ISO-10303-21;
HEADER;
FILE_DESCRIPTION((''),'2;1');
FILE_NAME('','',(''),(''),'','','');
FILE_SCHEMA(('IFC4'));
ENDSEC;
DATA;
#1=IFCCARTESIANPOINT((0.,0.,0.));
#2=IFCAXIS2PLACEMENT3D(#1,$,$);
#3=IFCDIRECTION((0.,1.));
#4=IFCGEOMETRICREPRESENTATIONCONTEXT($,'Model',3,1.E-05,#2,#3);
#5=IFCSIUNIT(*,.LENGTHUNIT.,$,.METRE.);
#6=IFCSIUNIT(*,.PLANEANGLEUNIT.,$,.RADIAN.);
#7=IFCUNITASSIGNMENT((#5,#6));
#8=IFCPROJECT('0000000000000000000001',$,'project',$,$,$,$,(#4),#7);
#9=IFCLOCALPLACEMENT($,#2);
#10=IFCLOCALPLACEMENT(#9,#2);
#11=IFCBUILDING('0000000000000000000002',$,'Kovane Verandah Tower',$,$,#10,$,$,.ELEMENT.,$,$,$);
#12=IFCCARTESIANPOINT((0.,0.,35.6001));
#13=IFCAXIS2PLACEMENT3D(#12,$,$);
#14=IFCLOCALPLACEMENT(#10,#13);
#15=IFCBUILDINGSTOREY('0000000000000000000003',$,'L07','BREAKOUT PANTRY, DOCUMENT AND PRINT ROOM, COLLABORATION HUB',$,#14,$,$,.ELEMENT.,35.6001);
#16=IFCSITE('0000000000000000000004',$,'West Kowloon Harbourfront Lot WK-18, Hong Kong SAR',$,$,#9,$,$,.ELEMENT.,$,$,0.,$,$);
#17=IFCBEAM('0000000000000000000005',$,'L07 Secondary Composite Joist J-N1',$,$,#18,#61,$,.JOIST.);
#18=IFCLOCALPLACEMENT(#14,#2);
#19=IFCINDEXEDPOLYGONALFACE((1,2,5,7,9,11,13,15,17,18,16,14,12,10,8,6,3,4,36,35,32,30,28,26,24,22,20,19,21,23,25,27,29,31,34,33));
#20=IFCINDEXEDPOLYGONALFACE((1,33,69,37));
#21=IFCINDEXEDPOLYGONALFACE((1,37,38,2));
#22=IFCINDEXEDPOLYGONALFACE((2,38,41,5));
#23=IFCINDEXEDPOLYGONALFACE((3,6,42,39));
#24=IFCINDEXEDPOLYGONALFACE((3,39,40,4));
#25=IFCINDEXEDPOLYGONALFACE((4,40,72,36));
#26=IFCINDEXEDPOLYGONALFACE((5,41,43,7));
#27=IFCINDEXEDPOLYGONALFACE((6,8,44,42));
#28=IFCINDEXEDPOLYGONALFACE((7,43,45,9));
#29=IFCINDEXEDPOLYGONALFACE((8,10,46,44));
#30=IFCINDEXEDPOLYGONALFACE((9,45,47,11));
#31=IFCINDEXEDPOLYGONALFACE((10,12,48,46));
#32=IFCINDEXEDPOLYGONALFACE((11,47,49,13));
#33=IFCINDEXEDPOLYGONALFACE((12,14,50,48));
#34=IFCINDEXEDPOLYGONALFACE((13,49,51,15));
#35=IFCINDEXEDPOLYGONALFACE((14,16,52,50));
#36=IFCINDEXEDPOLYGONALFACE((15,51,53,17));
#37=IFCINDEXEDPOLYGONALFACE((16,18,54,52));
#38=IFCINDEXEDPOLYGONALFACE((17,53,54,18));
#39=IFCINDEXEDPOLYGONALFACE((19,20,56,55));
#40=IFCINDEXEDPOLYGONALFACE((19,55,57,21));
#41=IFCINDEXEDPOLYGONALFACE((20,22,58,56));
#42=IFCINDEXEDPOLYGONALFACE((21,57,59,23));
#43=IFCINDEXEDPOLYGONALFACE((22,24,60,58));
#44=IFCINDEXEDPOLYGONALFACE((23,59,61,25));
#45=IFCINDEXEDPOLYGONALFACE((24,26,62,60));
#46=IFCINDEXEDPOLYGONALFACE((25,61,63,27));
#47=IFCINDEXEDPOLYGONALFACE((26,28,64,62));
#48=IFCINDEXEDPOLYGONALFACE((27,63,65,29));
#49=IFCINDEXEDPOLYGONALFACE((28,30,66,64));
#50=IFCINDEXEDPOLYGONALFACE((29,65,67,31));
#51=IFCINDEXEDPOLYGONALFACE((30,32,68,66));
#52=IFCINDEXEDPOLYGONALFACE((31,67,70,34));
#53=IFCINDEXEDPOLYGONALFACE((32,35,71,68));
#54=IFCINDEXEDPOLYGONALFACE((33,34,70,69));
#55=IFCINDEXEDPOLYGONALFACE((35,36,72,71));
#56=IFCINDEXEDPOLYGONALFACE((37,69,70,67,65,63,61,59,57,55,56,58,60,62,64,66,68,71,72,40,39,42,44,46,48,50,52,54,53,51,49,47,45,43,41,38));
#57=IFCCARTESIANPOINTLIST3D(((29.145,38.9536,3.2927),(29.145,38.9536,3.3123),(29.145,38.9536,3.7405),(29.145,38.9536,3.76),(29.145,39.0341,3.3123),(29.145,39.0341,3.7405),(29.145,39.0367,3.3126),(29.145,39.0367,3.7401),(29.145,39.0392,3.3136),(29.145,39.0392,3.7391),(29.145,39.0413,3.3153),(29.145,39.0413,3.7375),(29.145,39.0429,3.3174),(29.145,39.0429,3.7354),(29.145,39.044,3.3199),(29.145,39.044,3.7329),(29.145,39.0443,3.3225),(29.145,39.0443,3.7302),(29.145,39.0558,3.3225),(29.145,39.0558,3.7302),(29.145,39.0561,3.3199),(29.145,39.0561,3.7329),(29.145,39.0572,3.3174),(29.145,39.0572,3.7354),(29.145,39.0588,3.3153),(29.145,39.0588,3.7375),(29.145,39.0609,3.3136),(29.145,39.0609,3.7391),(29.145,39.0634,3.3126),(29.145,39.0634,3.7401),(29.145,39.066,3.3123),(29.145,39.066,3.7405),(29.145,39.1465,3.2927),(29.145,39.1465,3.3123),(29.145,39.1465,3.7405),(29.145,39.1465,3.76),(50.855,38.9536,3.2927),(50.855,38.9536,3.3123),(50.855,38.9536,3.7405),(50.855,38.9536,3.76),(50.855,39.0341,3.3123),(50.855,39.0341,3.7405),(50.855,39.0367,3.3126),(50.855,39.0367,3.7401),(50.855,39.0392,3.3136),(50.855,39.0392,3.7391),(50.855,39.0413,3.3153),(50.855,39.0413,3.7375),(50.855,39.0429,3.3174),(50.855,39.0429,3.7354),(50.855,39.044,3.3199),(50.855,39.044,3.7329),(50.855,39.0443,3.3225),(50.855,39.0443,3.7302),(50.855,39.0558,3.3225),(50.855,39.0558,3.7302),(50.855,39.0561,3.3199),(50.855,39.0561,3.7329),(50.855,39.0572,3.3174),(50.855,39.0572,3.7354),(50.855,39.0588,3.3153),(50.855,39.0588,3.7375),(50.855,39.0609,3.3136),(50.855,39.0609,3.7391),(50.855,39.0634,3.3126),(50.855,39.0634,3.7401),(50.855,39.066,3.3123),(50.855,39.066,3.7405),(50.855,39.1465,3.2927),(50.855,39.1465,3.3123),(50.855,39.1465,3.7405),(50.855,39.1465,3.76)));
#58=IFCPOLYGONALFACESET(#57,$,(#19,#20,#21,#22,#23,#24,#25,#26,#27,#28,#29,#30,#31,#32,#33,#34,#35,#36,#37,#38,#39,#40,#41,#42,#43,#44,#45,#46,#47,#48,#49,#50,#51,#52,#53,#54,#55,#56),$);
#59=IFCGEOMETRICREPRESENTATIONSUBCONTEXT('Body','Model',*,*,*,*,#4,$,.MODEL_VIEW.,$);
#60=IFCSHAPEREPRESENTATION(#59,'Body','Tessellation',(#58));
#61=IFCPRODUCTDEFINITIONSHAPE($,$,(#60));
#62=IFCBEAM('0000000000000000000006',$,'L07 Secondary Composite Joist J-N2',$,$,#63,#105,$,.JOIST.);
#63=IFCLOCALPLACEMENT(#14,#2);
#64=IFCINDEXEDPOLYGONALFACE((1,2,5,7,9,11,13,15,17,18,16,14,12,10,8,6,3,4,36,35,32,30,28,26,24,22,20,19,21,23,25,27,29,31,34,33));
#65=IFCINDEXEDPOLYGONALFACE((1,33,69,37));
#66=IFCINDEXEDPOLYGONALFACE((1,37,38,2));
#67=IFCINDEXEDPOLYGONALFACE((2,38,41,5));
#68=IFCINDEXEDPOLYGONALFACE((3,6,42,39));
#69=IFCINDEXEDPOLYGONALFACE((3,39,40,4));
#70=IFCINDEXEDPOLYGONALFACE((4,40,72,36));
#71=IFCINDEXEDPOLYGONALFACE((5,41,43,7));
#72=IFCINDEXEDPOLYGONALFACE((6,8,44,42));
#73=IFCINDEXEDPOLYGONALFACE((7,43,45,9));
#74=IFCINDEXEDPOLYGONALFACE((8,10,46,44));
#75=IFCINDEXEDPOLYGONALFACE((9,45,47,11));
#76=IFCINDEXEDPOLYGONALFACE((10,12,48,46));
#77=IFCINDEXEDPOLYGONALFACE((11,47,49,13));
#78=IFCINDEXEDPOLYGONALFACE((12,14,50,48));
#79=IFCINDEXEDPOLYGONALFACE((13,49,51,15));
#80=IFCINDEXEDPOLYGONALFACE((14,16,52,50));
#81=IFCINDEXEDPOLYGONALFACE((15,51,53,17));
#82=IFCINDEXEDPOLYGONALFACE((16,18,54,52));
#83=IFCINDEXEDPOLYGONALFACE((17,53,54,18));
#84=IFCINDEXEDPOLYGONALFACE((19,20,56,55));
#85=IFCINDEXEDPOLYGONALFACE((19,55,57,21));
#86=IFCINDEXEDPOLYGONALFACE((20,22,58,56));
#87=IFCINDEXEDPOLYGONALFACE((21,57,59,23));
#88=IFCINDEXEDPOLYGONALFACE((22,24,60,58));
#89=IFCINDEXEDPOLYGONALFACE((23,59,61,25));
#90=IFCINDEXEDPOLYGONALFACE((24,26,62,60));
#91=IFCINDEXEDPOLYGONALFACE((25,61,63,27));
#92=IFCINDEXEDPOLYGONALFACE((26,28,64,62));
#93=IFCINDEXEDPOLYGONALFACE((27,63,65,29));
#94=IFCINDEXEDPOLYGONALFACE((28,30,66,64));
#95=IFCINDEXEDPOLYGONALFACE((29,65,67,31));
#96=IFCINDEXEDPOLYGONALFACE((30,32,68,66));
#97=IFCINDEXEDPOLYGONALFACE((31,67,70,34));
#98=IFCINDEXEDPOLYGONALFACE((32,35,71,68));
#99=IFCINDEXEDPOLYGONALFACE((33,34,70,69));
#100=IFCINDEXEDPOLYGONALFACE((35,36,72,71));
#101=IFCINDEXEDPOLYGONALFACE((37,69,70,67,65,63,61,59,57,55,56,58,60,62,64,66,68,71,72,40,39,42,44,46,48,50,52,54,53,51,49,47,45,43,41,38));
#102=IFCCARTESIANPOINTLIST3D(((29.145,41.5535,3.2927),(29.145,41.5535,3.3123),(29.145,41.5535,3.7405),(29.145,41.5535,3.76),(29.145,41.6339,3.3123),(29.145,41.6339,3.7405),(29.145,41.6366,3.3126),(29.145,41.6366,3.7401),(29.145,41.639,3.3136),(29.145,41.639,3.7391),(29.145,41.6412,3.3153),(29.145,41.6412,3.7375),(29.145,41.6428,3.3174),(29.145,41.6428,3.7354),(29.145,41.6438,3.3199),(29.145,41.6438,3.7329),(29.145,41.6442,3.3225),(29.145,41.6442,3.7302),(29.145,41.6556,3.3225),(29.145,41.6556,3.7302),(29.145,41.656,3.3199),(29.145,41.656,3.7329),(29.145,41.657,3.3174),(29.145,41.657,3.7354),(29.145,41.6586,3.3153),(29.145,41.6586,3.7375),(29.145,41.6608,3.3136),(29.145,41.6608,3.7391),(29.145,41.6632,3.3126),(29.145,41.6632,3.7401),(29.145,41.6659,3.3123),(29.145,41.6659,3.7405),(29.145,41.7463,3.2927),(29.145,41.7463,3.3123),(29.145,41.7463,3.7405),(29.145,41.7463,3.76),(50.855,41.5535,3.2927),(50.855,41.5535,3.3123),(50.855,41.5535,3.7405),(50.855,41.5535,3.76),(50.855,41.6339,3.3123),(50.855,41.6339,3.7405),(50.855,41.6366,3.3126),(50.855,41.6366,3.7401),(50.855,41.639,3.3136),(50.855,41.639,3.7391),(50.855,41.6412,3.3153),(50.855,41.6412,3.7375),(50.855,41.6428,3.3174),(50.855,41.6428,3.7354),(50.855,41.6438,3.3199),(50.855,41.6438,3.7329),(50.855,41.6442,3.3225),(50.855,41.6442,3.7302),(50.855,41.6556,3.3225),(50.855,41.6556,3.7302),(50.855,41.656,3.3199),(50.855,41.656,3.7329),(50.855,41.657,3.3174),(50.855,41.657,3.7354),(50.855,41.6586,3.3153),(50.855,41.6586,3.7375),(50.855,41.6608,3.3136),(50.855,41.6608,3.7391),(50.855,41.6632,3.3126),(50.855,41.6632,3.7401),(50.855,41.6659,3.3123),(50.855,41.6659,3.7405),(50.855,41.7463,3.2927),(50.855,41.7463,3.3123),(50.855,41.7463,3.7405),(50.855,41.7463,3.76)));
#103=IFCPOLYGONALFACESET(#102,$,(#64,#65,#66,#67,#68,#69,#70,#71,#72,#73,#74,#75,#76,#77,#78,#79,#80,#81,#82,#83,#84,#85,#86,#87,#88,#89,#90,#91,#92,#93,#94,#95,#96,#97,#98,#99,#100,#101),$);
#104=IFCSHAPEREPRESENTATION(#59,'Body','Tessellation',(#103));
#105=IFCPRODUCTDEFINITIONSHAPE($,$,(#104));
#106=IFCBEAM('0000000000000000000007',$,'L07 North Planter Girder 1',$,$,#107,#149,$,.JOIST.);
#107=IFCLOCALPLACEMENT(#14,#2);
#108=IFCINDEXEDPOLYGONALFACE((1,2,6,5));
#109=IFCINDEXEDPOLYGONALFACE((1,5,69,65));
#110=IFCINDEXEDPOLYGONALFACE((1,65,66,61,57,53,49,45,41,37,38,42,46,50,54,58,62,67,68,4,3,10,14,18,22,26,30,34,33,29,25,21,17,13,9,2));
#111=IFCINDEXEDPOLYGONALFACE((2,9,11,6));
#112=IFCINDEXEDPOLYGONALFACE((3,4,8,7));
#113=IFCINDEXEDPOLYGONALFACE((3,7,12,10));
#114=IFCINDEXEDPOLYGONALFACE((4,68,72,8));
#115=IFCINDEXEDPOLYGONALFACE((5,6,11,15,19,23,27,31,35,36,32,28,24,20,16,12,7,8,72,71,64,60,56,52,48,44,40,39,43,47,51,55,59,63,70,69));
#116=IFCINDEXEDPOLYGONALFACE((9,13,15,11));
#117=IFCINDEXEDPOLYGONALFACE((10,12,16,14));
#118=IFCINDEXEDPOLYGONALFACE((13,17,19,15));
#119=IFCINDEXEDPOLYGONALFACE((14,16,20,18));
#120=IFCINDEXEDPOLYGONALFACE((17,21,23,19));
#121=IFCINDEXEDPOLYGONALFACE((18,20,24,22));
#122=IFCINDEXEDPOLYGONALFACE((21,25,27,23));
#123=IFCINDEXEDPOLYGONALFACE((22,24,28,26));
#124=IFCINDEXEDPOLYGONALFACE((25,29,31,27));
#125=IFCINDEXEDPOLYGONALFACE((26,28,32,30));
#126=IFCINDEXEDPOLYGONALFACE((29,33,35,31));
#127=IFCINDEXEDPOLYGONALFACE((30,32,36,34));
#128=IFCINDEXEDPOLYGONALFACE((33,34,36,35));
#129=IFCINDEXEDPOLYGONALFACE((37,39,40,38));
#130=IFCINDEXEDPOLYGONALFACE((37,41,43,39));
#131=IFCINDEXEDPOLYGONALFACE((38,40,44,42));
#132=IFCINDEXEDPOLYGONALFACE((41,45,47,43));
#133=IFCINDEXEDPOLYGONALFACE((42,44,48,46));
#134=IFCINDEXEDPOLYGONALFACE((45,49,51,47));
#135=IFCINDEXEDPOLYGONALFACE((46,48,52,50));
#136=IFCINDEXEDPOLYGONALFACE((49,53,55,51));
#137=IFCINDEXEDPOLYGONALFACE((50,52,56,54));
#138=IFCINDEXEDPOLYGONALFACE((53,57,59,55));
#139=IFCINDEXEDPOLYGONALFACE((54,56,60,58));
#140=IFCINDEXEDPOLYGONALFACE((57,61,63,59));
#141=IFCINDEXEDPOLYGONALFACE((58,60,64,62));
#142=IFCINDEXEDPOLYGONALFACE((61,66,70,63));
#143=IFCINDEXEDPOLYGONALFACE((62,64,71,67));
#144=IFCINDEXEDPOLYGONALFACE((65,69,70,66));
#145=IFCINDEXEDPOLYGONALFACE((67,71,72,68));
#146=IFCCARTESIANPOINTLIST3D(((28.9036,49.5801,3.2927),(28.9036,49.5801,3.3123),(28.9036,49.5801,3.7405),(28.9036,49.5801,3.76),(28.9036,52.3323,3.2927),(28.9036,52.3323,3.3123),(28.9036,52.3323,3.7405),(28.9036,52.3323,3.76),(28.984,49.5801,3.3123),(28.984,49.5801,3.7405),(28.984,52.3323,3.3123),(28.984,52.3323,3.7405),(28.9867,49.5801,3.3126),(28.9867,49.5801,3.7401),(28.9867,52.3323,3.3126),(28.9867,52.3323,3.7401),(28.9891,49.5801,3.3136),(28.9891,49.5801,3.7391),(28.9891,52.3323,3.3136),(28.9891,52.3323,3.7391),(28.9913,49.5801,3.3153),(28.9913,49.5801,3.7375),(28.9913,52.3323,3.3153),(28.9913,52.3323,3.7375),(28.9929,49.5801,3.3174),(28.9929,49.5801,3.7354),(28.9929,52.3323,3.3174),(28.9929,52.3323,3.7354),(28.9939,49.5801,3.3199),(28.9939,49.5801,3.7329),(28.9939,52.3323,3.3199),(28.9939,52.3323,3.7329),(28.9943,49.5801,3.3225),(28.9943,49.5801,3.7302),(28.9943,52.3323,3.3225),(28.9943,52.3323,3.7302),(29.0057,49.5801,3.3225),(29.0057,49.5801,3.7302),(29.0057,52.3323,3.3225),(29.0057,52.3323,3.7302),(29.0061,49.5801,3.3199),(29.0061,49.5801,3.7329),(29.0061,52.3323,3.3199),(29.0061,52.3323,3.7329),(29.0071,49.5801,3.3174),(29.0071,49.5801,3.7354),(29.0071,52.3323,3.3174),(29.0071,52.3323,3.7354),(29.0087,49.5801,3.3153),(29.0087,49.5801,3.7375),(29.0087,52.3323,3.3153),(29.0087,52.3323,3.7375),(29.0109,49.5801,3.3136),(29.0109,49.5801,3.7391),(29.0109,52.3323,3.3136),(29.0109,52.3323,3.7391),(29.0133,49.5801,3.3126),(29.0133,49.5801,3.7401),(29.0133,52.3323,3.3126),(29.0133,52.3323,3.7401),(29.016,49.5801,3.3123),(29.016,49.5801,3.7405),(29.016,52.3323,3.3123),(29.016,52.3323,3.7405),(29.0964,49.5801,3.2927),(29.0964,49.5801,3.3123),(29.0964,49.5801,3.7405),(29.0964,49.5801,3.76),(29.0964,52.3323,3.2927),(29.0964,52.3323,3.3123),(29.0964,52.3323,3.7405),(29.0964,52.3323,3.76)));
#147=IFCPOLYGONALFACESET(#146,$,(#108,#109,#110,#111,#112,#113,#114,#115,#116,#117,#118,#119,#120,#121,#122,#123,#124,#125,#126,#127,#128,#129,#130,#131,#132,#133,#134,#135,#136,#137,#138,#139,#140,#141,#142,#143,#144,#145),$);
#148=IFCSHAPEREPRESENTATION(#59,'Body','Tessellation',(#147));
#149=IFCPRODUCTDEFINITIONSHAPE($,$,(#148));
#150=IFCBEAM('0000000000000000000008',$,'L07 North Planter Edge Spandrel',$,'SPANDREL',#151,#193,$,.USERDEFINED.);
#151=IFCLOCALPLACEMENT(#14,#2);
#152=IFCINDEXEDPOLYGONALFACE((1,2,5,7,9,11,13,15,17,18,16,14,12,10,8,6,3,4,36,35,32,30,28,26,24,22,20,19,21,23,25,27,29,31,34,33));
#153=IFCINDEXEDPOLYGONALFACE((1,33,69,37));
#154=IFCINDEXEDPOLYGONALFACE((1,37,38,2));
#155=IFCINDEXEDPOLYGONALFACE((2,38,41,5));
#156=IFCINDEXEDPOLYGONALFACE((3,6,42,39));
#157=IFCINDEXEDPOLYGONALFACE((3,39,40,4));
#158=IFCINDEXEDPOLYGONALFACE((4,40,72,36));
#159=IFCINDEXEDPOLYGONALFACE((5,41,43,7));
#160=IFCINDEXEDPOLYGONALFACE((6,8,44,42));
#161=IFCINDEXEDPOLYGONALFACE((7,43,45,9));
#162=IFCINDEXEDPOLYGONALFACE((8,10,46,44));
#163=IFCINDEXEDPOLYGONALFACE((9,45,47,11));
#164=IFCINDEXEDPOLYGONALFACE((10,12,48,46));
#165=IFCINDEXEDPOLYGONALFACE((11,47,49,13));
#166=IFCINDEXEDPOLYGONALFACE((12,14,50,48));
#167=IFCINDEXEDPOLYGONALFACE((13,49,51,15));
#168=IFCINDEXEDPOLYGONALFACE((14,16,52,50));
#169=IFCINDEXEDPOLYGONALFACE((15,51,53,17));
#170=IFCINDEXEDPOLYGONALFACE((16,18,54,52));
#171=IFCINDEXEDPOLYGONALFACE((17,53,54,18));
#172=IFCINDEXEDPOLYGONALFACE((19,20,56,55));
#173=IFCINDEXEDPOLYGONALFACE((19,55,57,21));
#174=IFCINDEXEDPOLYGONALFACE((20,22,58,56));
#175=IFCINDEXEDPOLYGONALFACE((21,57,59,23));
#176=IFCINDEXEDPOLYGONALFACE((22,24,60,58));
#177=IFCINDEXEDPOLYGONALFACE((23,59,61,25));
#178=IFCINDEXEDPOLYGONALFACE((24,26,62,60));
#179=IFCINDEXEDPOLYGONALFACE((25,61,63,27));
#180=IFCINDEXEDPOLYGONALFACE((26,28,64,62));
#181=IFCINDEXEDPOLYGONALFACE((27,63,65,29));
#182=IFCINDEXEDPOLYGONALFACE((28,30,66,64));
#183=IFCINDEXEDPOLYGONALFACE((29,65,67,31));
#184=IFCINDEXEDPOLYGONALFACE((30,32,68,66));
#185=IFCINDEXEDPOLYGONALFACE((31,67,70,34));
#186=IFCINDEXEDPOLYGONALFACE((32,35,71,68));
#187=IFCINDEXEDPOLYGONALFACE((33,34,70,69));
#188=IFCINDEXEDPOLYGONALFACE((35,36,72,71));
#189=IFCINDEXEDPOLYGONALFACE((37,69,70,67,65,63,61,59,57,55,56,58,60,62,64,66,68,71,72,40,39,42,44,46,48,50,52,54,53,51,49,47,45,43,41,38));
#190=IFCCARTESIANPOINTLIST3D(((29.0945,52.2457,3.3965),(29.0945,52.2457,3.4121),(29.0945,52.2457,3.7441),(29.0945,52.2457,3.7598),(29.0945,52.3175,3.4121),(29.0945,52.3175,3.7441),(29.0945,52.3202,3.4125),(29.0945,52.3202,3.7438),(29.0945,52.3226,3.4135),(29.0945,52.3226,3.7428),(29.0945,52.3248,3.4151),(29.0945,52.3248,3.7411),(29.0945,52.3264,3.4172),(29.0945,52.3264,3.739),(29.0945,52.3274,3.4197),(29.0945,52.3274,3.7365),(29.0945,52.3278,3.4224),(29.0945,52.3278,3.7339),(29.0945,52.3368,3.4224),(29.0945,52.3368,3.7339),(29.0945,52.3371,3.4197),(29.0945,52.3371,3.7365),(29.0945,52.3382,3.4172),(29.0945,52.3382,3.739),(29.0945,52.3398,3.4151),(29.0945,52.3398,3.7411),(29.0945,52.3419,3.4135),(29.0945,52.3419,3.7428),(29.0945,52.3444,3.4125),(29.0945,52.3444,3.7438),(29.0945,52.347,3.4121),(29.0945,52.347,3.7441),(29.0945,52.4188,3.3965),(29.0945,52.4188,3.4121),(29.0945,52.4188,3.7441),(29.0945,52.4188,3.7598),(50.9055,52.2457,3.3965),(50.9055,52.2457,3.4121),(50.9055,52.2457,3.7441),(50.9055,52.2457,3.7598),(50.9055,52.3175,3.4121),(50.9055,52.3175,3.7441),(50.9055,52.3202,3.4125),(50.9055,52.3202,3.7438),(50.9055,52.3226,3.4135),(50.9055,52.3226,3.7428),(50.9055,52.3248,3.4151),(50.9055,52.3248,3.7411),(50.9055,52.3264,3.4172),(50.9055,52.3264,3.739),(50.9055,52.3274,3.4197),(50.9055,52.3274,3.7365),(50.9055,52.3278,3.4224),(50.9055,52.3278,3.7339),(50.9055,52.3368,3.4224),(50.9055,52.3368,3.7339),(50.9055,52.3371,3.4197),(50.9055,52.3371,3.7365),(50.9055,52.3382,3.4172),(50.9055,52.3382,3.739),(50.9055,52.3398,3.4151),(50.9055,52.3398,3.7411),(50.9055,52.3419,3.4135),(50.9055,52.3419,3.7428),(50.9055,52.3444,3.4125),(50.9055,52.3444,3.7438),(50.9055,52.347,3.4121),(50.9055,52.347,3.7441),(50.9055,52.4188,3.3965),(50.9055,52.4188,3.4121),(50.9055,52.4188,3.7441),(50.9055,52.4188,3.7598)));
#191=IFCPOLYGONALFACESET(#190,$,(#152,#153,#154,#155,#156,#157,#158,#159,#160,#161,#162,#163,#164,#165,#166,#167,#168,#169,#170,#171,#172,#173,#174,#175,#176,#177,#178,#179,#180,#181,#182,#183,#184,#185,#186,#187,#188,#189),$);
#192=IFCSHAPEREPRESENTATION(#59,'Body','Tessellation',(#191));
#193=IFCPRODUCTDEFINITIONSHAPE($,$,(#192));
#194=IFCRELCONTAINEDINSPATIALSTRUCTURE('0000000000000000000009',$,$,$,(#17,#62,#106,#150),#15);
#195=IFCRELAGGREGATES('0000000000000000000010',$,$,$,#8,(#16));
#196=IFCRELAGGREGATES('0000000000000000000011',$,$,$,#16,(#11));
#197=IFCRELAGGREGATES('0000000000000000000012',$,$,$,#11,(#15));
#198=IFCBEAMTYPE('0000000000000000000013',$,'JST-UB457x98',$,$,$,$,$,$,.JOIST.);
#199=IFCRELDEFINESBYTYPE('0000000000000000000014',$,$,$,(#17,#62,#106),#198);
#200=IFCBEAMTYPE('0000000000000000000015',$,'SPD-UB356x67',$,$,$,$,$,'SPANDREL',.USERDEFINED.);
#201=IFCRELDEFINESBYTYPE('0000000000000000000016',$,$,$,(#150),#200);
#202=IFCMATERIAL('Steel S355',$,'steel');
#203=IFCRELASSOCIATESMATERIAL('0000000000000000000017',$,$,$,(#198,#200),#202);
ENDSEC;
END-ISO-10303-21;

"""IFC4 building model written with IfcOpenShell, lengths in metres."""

from ifc_helpers import new_model, si_unit, direction, frame, origin, origin_2d, place, context, subcontext, project, spatial, i_section, extrude, material, material_profile, profile_set, type_object, element, save


model = new_model("IFC4")

# Units and contexts
model_context = context("Model", 3, precision=1e-05, world=origin(), true_north=direction((0.0, 1.0)))
body_context = subcontext(model_context, "Body", "Model", "MODEL_VIEW")
ifc_project = project(units=[si_unit("LENGTHUNIT", "METRE"), si_unit("PLANEANGLEUNIT", "RADIAN")], contexts=[model_context])

# Site, building, storey
site_placement = place(None, origin())
site = spatial("IfcSite", under=ifc_project, at=site_placement, Name="West Kowloon Harbourfront Lot WK-18, Hong Kong SAR", CompositionType="ELEMENT", RefElevation=0.0)
building_placement = place(site_placement, origin())
building = spatial("IfcBuilding", under=site, at=building_placement, Name="Kovane Verandah Tower", CompositionType="ELEMENT")
storey_placement = place(building_placement, frame((0.0, 0.0, 35.6001)))
storey = spatial("IfcBuildingStorey", under=building, at=storey_placement, Name="L07", Description="BREAKOUT PANTRY, DOCUMENT AND PRINT ROOM, COLLABORATION HUB", CompositionType="ELEMENT", Elevation=35.6001)

# Shared definitions
ifc_material_1 = material(Name="Steel S355", Category="steel")

# Beams
ifc_material_profile_1 = material_profile(ifc_material_1, i_section(OverallWidth=0.1929, OverallDepth=0.4673, WebThickness=0.0115, FlangeThickness=0.0195, FilletRadius=0.0103, at=origin_2d()), Name="UB457x191x98")
ifc_profile_set_1 = profile_set([ifc_material_profile_1], Name="Steel S355")
beam_type_1 = type_object("IfcBeamType", Name="JST-UB457x98", PredefinedType="JOIST", material=ifc_profile_set_1)
for number, where, z_axis, x_axis, name in (
    (1, (29.145, 39.05, 3.5264), (1.0, 0.0, 0.0), (0.0, 1.0, 0.0), "L07 Secondary Composite Joist J-N1"),
    (2, (29.145, 41.6499, 3.5264), (1.0, 0.0, 0.0), (0.0, 1.0, 0.0), "L07 Secondary Composite Joist J-N2"),
):
    element("IfcBeam", number, at=place(storey_placement, frame(where, z_axis=z_axis, x_axis=x_axis)), inside=storey, type_object=beam_type_1, Name=name, PredefinedType="JOIST", context=body_context, shape_type="SweptSolid", body=[
        extrude(i_section(OverallWidth=0.1929, OverallDepth=0.4673, WebThickness=0.0115, FlangeThickness=0.0195, FilletRadius=0.0103, at=origin_2d()), origin(), (0.0, 0.0, 1.0), 21.71),
    ])
beam_1_placement = place(storey_placement, frame((29.0, 49.5801, 3.5264), z_axis=(0.0, 1.0, 0.0), x_axis=(-1.0, 0.0, 0.0)))
element("IfcBeam", 3, at=beam_1_placement, inside=storey, type_object=beam_type_1, Name="L07 North Planter Girder 1", PredefinedType="JOIST", context=body_context, shape_type="SweptSolid", body=[
    extrude(i_section(OverallWidth=0.1929, OverallDepth=0.4673, WebThickness=0.0115, FlangeThickness=0.0195, FilletRadius=0.0103, at=origin_2d()), origin(), (0.0, 0.0, 1.0), 2.7522),
])
ifc_material_profile_2 = material_profile(ifc_material_1, i_section(OverallWidth=0.1731, OverallDepth=0.3633, WebThickness=0.009, FlangeThickness=0.0156, FilletRadius=0.0103, at=origin_2d()), Name="UB356x171x67")
ifc_profile_set_2 = profile_set([ifc_material_profile_2], Name="Steel S355")
beam_type_2 = type_object("IfcBeamType", Name="SPD-UB356x67", ElementType="SPANDREL", PredefinedType="USERDEFINED", material=ifc_profile_set_2)
beam_2_placement = place(storey_placement, frame((29.0945, 52.3323, 3.5781), z_axis=(1.0, 0.0, 0.0), x_axis=(0.0, 1.0, 0.0)))
element("IfcBeam", 4, at=beam_2_placement, inside=storey, type_object=beam_type_2, Name="L07 North Planter Edge Spandrel", ObjectType="SPANDREL", PredefinedType="USERDEFINED", context=body_context, shape_type="SweptSolid", body=[
    extrude(i_section(OverallWidth=0.1731, OverallDepth=0.3633, WebThickness=0.009, FlangeThickness=0.0156, FilletRadius=0.0103, at=origin_2d()), origin(), (0.0, 0.0, 1.0), 21.811),
])

save(model, "model.ifc")
